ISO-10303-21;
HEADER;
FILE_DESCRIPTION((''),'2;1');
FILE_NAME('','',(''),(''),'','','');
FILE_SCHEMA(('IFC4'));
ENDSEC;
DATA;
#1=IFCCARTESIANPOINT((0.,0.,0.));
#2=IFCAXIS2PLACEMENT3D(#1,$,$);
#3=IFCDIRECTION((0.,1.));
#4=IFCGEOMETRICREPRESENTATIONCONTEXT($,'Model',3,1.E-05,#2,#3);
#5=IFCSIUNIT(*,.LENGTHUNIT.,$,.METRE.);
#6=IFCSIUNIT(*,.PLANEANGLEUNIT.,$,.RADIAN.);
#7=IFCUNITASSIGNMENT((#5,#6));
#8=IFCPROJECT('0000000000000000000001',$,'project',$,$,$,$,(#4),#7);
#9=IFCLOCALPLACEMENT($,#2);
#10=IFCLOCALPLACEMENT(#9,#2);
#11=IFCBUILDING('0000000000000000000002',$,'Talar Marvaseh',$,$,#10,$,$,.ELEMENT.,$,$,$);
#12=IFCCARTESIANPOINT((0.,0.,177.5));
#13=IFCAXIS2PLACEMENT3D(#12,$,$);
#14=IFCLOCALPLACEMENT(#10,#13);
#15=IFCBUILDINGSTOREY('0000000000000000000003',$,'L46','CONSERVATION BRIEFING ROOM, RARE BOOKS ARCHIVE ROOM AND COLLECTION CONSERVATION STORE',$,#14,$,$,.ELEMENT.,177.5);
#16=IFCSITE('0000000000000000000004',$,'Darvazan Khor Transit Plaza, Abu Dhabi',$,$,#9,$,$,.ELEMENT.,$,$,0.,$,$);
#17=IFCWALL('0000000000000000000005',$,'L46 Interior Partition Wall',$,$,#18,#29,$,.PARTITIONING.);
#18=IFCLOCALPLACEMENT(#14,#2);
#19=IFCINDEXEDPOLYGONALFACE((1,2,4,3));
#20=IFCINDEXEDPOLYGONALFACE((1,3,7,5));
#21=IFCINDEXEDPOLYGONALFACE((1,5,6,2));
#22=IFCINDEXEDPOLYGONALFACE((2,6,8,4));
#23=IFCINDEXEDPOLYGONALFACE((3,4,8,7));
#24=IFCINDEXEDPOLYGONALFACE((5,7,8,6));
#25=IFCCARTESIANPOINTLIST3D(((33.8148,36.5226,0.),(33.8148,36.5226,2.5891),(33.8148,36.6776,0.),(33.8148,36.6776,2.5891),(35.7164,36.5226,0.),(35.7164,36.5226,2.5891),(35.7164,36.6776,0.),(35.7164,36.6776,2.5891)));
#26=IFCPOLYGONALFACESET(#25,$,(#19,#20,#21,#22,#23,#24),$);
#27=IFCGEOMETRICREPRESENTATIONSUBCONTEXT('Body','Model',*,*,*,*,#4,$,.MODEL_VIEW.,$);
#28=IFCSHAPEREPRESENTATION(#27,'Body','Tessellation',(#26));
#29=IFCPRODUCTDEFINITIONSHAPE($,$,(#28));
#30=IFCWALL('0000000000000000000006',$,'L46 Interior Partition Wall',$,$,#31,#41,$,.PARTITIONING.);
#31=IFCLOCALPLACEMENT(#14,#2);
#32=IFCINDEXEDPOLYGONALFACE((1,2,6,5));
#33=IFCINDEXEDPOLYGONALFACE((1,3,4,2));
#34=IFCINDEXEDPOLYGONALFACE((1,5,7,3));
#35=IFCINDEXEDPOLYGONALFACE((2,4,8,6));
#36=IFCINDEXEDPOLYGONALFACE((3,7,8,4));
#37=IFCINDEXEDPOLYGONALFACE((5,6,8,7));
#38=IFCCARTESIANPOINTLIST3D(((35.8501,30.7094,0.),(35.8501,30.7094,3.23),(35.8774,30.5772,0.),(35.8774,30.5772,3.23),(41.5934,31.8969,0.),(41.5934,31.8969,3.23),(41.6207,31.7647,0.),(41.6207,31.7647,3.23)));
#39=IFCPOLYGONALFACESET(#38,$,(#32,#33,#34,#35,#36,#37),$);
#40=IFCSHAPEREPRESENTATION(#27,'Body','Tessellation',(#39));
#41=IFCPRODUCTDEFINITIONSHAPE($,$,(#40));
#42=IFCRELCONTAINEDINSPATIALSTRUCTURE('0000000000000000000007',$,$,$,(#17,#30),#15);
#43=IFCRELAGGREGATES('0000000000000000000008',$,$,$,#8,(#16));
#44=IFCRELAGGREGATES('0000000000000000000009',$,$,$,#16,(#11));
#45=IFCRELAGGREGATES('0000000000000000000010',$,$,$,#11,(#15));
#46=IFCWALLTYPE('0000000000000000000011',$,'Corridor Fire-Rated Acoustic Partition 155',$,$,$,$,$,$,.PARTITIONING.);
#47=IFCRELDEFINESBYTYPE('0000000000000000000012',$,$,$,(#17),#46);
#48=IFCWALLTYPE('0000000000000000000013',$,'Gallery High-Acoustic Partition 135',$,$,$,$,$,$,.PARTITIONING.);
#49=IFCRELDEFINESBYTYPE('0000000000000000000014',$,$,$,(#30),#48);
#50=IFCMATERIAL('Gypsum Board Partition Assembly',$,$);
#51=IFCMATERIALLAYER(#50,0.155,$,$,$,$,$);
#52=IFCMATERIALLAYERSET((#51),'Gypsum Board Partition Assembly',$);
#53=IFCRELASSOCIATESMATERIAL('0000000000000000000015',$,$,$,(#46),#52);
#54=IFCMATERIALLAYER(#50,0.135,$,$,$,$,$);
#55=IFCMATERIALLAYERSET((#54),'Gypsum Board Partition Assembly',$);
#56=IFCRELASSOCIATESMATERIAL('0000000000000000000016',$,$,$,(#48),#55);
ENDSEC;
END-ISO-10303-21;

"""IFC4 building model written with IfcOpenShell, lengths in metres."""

from ifc_helpers import new_model, si_unit, direction, frame, frame_2d, origin, place, context, subcontext, project, spatial, rectangle, extrude, material, layer, layer_set, type_object, element, save


model = new_model("IFC4")

# Units and contexts
model_context = context("Model", 3, precision=1e-05, world=origin(), true_north=direction((0.0, 1.0)))
body_context = subcontext(model_context, "Body", "Model", "MODEL_VIEW")
ifc_project = project(units=[si_unit("LENGTHUNIT", "METRE"), si_unit("PLANEANGLEUNIT", "RADIAN")], contexts=[model_context])

# Site, building, storey
site_placement = place(None, origin())
site = spatial("IfcSite", under=ifc_project, at=site_placement, Name="Darvazan Khor Transit Plaza, Abu Dhabi", CompositionType="ELEMENT", RefElevation=0.0)
building_placement = place(site_placement, origin())
building = spatial("IfcBuilding", under=site, at=building_placement, Name="Talar Marvaseh", CompositionType="ELEMENT")
storey_placement = place(building_placement, frame((0.0, 0.0, 177.5)))
storey = spatial("IfcBuildingStorey", under=building, at=storey_placement, Name="L46", Description="CONSERVATION BRIEFING ROOM, RARE BOOKS ARCHIVE ROOM AND COLLECTION CONSERVATION STORE", CompositionType="ELEMENT", Elevation=177.5)

# Shared definitions
ifc_material_1 = material(Name="Gypsum Board Partition Assembly")
ifc_layer_1 = layer(ifc_material_1, 0.155)
ifc_layer_set_1 = layer_set([ifc_layer_1], Name="Gypsum Board Partition Assembly")
wall_type_1 = type_object("IfcWallType", Name="Corridor Fire-Rated Acoustic Partition 155", PredefinedType="PARTITIONING", material=ifc_layer_set_1)

# Walls
wall_1_placement = place(storey_placement, frame((33.8149, 36.6001, 0.0), z_axis=(0.0, 0.0, 1.0), x_axis=(1.0, 0.0, 0.0)))
element("IfcWall", 1, at=wall_1_placement, inside=storey, type_object=wall_type_1, Name="L46 Interior Partition Wall", PredefinedType="PARTITIONING", context=body_context, shape_type="SweptSolid", body=[
    extrude(rectangle(XDim=1.9016, YDim=0.155, at=frame_2d((0.9507, 0.0))), origin(), (0.0, 0.0, 1.0), 2.5891),
])
ifc_layer_2 = layer(ifc_material_1, 0.135)
ifc_layer_set_2 = layer_set([ifc_layer_2], Name="Gypsum Board Partition Assembly")
wall_type_2 = type_object("IfcWallType", Name="Gallery High-Acoustic Partition 135", PredefinedType="PARTITIONING", material=ifc_layer_set_2)
wall_2_placement = place(storey_placement, frame((35.8638, 30.6433, 0.0), z_axis=(0.0, 0.0, 1.0), x_axis=(0.979285, 0.202484, 0.0)))
element("IfcWall", 2, at=wall_2_placement, inside=storey, type_object=wall_type_2, Name="L46 Interior Partition Wall", PredefinedType="PARTITIONING", context=body_context, shape_type="SweptSolid", body=[
    extrude(rectangle(XDim=5.8647, YDim=0.135, at=frame_2d((2.9324, 0.0))), origin(), (0.0, 0.0, 1.0), 3.23),
])

save(model, "model.ifc")
